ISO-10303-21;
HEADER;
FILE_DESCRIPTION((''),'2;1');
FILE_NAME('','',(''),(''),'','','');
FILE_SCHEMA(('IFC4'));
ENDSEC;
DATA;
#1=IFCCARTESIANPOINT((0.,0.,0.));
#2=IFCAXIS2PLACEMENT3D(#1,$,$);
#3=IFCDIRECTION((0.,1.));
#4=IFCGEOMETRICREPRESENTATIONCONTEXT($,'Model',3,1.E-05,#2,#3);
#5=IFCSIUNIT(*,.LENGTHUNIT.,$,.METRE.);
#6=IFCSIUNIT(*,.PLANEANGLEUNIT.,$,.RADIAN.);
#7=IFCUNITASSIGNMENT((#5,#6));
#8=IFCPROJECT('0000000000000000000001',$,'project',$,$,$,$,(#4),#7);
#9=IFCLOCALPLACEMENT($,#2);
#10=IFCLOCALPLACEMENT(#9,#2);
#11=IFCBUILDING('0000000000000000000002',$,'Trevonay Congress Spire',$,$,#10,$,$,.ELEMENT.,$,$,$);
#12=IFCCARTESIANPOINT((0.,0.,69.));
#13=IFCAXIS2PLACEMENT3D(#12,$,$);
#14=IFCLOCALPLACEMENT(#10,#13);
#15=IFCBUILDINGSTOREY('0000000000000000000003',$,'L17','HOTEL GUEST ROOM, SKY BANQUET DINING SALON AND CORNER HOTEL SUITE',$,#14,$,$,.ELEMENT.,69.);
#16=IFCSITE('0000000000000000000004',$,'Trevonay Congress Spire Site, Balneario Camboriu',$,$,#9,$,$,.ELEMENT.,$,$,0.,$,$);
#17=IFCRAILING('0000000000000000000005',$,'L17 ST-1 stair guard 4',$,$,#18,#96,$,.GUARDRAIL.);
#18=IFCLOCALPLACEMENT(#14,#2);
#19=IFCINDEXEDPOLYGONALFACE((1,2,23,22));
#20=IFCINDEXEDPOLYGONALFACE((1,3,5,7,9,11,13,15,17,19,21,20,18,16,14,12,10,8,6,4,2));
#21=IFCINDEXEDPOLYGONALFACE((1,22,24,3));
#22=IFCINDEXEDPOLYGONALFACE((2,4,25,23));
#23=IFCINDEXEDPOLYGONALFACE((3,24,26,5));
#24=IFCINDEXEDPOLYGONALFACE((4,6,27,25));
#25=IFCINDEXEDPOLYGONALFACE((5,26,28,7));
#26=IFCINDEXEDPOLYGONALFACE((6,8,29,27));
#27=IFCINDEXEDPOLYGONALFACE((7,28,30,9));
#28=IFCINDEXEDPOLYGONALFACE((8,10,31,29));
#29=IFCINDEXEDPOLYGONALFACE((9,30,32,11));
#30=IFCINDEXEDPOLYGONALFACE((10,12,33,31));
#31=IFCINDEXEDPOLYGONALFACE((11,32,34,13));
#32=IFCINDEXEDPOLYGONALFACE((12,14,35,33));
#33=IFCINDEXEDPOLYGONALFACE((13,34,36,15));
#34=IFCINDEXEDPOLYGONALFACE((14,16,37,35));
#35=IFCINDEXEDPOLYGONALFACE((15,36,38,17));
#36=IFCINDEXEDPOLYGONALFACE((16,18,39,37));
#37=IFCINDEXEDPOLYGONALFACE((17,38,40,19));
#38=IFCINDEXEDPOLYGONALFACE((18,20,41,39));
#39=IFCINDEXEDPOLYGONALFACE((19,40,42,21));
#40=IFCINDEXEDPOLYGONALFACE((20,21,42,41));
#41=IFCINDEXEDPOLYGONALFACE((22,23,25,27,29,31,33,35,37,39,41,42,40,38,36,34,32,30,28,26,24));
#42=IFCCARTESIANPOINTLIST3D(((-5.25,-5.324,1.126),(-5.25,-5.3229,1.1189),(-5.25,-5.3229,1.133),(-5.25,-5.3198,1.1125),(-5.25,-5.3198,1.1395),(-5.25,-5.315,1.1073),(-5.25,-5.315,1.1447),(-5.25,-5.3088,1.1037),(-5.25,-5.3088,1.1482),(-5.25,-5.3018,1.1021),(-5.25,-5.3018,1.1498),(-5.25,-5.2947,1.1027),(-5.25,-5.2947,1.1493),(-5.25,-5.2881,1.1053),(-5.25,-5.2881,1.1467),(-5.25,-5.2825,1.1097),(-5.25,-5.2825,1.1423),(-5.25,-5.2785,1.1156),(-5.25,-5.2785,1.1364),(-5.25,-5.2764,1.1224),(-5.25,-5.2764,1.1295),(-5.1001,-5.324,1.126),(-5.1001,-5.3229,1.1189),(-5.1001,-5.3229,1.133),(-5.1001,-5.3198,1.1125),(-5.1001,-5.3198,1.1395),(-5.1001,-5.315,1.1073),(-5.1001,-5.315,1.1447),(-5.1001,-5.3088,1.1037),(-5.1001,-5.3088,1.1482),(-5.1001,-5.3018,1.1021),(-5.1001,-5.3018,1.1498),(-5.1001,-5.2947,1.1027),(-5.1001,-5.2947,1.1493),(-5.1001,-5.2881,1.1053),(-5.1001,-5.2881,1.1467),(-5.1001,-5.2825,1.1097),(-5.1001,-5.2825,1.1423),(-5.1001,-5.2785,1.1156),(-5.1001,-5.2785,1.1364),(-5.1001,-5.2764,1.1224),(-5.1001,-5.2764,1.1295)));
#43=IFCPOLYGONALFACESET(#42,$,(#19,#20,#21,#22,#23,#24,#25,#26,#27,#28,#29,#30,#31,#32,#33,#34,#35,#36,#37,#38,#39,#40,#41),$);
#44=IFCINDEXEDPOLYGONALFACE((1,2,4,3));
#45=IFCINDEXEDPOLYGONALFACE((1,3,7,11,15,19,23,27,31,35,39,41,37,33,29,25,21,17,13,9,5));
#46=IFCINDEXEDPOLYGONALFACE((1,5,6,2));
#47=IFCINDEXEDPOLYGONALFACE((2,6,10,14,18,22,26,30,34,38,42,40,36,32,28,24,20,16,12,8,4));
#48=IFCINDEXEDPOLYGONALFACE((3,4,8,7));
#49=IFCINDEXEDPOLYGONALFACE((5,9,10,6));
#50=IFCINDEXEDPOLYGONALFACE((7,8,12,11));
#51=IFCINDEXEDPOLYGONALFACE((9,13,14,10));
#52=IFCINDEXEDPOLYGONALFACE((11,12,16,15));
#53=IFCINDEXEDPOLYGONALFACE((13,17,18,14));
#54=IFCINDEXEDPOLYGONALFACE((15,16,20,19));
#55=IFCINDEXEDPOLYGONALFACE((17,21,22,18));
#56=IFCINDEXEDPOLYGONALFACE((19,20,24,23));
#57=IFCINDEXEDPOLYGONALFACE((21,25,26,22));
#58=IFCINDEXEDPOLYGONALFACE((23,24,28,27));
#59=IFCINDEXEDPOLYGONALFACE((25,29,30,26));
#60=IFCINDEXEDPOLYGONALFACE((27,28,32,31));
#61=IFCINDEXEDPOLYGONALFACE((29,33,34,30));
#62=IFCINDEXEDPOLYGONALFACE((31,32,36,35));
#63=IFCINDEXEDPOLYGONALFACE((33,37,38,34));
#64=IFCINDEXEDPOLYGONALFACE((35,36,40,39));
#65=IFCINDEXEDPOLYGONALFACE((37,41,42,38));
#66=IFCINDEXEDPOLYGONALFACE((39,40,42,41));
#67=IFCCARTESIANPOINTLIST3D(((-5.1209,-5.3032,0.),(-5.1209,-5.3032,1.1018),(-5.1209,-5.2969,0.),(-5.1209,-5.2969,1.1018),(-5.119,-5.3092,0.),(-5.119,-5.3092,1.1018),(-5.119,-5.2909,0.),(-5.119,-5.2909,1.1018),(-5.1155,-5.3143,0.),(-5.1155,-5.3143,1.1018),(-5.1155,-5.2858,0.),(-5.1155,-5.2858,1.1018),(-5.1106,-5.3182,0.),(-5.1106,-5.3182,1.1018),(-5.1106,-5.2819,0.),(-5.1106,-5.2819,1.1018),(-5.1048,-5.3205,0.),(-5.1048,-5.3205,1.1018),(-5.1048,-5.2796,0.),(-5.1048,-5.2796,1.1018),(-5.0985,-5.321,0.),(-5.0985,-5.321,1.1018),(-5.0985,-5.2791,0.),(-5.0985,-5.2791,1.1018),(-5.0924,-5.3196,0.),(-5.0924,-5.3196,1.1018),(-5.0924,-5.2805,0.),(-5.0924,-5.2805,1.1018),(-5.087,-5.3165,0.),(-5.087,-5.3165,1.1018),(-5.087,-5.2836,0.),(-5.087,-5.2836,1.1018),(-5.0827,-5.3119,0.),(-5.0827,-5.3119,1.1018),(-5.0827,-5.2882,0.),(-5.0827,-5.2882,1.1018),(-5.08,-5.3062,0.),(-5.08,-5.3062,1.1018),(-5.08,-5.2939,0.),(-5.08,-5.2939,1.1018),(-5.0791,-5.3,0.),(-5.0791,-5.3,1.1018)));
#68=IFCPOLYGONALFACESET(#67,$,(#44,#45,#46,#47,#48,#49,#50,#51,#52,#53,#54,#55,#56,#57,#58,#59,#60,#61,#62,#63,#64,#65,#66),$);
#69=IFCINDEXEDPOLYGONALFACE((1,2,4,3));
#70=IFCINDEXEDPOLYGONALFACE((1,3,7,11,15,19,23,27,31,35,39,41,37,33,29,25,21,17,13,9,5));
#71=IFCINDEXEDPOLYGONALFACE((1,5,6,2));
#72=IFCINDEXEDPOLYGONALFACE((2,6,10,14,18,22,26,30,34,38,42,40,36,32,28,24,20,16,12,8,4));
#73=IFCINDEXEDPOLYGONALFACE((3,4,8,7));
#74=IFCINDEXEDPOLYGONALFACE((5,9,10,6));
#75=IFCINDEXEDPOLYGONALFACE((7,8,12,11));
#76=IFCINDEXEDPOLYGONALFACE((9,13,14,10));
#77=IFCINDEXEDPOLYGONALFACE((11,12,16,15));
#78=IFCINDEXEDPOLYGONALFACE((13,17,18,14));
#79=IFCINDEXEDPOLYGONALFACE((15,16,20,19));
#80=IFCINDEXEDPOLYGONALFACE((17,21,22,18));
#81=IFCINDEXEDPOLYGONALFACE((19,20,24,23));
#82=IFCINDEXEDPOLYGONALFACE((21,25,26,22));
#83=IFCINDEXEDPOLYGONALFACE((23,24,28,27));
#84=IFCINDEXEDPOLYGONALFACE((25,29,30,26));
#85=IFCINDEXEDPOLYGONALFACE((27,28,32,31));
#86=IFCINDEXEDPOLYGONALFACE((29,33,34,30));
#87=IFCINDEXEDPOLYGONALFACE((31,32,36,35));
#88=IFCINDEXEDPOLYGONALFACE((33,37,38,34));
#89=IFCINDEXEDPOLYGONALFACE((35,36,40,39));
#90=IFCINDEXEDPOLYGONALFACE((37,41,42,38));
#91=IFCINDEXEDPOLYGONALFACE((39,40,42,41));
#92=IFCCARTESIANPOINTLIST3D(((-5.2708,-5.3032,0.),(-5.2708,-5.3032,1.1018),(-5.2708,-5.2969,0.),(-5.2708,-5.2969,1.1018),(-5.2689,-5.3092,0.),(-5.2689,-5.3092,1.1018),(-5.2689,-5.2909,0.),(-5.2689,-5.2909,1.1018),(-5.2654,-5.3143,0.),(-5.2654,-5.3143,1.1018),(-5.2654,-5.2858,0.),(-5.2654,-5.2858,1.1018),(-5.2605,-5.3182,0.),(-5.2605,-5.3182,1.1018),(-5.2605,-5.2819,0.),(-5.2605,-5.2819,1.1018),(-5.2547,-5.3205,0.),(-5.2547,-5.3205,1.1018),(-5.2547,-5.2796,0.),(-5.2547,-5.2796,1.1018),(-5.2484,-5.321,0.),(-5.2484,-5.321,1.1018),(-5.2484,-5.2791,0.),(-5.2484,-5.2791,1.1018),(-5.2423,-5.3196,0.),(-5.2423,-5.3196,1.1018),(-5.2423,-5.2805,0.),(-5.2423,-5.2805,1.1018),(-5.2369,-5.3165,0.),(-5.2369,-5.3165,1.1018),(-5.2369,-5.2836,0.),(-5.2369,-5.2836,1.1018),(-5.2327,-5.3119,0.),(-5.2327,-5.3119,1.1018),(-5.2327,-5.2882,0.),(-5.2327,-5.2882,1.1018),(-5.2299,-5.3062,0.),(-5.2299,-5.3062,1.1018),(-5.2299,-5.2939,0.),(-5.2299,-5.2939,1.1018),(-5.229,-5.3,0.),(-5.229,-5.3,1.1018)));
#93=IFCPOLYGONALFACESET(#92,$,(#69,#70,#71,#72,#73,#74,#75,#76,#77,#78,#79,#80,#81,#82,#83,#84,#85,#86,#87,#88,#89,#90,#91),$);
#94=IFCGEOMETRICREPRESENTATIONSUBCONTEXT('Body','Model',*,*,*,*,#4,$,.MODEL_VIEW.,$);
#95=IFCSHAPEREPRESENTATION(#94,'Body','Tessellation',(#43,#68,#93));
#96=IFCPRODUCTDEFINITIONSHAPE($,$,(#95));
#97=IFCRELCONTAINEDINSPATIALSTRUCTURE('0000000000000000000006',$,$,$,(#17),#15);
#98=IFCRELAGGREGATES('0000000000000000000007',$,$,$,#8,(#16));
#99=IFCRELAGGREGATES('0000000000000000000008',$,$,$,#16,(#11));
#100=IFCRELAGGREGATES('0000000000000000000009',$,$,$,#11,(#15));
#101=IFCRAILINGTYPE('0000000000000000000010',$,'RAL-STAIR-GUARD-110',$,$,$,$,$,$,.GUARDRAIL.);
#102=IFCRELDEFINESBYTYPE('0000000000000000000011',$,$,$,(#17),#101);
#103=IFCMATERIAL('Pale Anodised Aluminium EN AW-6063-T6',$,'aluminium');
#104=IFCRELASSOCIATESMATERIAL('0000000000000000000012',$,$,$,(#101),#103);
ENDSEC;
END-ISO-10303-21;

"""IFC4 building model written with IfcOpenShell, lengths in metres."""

from ifc_helpers import new_model, si_unit, direction, frame, origin, origin_2d, place, context, subcontext, project, spatial, circle, extrude, material, type_object, element, save


model = new_model("IFC4")

# Units and contexts
model_context = context("Model", 3, precision=1e-05, world=origin(), true_north=direction((0.0, 1.0)))
body_context = subcontext(model_context, "Body", "Model", "MODEL_VIEW")
ifc_project = project(units=[si_unit("LENGTHUNIT", "METRE"), si_unit("PLANEANGLEUNIT", "RADIAN")], contexts=[model_context])

# Site, building, storey
site_placement = place(None, origin())
site = spatial("IfcSite", under=ifc_project, at=site_placement, Name="Trevonay Congress Spire Site, Balneario Camboriu", CompositionType="ELEMENT", RefElevation=0.0)
building_placement = place(site_placement, origin())
building = spatial("IfcBuilding", under=site, at=building_placement, Name="Trevonay Congress Spire", CompositionType="ELEMENT")
storey_placement = place(building_placement, frame((0.0, 0.0, 69.0)))
storey = spatial("IfcBuildingStorey", under=building, at=storey_placement, Name="L17", Description="HOTEL GUEST ROOM, SKY BANQUET DINING SALON AND CORNER HOTEL SUITE", CompositionType="ELEMENT", Elevation=69.0)

# Shared definitions
ifc_material_1 = material(Name="Pale Anodised Aluminium EN AW-6063-T6", Category="aluminium")

# Railing
railing_type_1 = type_object("IfcRailingType", Name="RAL-STAIR-GUARD-110", PredefinedType="GUARDRAIL", material=ifc_material_1)
railing_1_placement = place(storey_placement, frame((-5.1001, -5.3, 0.0)))
element("IfcRailing", 1, at=railing_1_placement, inside=storey, type_object=railing_type_1, Name="L17 ST-1 stair guard 4", PredefinedType="GUARDRAIL", context=body_context, shape_type="SweptSolid", body=[
    extrude(circle(Radius=0.0239, at=origin_2d()), frame((0.0, 0.0, 1.126), z_axis=(-1.0, 0.0, 0.0), x_axis=(0.0, -1.0, 0.0)), (0.0, 0.0, 1.0), 0.1499),
    extrude(circle(Radius=0.021, at=origin_2d()), origin(), (0.0, 0.0, 1.0), 1.1018),
    extrude(circle(Radius=0.021, at=origin_2d()), frame((-0.1499, 0.0, 0.0)), (0.0, 0.0, 1.0), 1.1018),
])

save(model, "model.ifc")
